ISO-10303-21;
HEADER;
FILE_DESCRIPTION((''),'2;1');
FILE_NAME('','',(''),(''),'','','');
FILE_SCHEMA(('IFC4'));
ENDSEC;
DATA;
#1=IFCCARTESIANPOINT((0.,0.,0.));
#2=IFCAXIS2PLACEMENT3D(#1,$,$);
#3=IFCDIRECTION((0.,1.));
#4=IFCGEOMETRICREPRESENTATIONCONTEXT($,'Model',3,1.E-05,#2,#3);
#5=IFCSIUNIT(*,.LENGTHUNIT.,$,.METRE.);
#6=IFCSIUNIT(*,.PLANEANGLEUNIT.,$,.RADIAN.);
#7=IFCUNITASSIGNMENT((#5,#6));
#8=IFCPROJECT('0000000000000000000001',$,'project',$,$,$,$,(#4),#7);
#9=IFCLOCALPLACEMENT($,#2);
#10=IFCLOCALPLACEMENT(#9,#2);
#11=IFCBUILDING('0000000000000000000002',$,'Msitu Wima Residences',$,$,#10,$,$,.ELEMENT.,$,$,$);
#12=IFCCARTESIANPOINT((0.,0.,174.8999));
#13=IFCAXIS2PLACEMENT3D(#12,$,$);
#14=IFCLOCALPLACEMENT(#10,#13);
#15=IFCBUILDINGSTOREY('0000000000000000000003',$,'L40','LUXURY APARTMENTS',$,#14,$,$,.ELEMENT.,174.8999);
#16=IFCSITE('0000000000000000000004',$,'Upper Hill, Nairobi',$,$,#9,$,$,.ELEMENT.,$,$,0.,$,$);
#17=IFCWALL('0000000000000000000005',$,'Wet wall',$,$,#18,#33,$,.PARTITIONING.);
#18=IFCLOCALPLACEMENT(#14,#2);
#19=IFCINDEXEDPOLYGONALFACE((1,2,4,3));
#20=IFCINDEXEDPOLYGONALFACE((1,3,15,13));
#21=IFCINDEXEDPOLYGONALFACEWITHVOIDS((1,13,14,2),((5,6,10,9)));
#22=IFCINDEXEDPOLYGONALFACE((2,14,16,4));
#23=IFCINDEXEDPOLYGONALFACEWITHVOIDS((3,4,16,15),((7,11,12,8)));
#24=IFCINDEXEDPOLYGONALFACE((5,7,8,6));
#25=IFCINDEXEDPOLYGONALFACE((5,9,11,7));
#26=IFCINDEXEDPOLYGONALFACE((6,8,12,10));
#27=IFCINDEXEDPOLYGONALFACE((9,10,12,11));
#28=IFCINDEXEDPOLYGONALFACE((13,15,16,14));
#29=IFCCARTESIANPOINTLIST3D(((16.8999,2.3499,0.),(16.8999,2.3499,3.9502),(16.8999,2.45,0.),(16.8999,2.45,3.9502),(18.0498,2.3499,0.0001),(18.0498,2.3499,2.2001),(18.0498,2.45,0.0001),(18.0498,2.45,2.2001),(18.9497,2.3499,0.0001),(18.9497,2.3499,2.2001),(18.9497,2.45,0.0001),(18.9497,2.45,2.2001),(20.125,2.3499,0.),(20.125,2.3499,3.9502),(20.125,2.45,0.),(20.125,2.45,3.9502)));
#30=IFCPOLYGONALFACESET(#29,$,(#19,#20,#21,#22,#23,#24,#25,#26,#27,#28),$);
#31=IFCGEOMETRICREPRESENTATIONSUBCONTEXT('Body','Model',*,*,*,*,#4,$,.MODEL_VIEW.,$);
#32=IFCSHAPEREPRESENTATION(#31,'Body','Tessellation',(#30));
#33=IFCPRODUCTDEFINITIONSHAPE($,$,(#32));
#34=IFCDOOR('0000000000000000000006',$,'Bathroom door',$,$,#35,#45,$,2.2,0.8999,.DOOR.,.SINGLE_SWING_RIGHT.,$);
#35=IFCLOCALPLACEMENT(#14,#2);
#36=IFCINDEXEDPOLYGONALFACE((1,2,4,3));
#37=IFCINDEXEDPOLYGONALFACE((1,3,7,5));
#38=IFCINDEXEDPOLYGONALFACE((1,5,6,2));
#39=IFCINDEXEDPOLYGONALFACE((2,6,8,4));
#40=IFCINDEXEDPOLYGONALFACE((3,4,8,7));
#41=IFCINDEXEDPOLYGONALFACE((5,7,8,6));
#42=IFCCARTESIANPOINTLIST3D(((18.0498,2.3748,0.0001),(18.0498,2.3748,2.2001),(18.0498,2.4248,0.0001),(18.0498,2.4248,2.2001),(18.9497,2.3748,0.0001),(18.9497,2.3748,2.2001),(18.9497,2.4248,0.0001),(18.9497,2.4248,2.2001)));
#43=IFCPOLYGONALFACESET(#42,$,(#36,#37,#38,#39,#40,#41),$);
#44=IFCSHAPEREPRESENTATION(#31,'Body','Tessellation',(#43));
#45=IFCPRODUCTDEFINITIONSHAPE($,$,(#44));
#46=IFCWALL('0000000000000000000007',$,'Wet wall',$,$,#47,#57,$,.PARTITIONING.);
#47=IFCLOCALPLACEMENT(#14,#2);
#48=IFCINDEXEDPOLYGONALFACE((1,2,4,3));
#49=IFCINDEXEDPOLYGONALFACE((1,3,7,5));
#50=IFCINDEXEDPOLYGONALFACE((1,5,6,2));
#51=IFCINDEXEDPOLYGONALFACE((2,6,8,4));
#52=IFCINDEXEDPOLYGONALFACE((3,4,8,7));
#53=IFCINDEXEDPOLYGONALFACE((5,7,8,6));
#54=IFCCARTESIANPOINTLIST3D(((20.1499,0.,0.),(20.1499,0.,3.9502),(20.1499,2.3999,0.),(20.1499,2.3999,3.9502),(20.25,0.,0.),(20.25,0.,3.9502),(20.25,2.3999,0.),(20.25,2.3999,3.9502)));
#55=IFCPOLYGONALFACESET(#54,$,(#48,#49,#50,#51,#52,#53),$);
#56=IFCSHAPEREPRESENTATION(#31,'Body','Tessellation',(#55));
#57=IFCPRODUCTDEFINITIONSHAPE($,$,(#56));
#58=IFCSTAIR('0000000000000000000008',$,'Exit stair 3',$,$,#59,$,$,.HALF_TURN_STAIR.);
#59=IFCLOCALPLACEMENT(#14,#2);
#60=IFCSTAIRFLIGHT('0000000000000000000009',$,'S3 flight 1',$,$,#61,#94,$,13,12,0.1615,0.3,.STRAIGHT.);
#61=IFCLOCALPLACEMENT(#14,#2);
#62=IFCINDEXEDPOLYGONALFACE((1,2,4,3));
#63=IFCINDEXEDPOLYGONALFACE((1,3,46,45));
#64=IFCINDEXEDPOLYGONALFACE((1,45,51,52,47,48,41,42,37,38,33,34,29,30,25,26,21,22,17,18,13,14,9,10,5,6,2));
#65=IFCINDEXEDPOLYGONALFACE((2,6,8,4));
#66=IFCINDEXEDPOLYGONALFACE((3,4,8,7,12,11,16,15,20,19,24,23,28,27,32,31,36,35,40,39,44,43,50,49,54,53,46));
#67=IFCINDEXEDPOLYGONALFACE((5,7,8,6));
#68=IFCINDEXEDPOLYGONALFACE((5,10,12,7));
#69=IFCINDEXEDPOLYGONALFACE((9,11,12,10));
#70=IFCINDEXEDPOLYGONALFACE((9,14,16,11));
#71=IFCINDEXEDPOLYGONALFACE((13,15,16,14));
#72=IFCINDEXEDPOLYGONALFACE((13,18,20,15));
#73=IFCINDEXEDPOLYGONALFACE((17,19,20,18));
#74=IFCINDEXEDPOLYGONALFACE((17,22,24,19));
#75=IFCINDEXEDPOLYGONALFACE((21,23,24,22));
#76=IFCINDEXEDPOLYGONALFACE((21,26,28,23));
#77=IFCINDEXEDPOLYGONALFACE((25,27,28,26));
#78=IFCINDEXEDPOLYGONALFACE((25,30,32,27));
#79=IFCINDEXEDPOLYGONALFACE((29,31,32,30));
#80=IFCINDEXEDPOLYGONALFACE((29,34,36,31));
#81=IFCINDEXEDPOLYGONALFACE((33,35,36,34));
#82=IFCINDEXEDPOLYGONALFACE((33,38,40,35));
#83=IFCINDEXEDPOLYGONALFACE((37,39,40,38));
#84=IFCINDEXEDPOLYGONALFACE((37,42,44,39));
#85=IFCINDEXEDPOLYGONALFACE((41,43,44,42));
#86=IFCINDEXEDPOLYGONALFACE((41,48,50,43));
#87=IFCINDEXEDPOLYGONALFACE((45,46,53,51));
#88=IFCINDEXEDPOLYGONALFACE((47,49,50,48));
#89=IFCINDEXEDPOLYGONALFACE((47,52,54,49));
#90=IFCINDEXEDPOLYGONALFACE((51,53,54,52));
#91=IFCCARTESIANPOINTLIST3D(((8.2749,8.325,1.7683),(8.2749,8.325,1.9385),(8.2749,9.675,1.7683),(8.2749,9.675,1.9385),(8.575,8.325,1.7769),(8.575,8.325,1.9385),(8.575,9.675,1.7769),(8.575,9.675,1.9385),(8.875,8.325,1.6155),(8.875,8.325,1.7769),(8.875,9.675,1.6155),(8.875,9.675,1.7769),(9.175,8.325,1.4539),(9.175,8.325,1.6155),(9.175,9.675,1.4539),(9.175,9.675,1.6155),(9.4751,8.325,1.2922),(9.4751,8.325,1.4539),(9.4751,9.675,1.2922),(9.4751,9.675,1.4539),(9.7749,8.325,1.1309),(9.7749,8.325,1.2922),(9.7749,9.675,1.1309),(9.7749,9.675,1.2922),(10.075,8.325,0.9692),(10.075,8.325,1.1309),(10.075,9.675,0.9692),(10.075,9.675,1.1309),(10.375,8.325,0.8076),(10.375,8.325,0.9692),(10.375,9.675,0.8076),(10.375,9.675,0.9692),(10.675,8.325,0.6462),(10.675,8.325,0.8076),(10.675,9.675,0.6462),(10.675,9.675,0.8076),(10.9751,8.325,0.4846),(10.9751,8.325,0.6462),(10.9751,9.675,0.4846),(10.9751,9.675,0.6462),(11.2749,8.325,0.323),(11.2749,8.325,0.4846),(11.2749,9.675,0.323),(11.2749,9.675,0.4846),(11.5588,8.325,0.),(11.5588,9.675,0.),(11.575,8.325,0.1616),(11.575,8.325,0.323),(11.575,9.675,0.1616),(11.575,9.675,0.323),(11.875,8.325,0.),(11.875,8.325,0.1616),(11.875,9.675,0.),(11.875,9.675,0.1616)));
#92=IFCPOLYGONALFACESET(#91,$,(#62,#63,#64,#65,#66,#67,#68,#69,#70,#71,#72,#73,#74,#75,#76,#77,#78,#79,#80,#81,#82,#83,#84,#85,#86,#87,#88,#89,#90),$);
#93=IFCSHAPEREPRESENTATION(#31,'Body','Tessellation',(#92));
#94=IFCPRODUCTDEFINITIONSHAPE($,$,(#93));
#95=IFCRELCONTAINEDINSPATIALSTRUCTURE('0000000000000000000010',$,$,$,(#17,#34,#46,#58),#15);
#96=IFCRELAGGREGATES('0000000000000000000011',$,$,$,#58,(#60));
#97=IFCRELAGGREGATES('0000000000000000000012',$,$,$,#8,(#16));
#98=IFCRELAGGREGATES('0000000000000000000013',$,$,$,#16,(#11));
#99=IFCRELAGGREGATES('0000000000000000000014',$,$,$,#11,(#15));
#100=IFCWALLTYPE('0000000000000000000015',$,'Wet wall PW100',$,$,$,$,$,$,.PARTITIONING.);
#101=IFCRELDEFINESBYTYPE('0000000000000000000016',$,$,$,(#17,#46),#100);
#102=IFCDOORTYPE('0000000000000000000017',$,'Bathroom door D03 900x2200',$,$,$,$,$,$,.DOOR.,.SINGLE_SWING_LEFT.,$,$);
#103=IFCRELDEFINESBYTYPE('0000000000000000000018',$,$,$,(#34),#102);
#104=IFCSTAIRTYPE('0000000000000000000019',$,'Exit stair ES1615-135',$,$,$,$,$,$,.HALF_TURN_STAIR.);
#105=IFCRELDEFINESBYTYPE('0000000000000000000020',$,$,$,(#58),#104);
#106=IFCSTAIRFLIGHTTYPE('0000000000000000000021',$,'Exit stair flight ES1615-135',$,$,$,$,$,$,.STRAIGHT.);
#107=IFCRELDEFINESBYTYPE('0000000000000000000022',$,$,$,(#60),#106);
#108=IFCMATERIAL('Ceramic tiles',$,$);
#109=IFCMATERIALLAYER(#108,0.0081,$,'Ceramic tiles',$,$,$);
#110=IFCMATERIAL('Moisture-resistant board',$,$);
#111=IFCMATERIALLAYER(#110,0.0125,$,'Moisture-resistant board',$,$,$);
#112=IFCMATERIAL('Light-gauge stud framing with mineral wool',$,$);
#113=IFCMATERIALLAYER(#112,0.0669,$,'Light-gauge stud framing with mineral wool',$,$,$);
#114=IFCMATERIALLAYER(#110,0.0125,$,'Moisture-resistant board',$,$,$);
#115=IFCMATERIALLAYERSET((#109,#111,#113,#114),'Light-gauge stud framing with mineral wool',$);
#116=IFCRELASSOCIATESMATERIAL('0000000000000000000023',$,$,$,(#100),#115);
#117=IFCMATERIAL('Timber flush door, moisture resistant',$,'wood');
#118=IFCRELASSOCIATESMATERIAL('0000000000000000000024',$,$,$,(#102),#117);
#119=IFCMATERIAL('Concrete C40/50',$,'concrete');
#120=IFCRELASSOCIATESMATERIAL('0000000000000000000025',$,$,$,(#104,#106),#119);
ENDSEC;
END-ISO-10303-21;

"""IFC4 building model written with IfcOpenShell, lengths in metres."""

from ifc_helpers import new_model, si_unit, direction, frame, frame_2d, origin, place, context, subcontext, project, spatial, polyline, rectangle, outline, extrude, material, layer, layer_set, type_object, element, fill, aggregate, save


model = new_model("IFC4")

# Units and contexts
model_context = context("Model", 3, precision=1e-05, world=origin(), true_north=direction((0.0, 1.0)))
body_context = subcontext(model_context, "Body", "Model", "MODEL_VIEW")
ifc_project = project(units=[si_unit("LENGTHUNIT", "METRE"), si_unit("PLANEANGLEUNIT", "RADIAN")], contexts=[model_context])

# Site, building, storey
site_placement = place(None, origin())
site = spatial("IfcSite", under=ifc_project, at=site_placement, Name="Upper Hill, Nairobi", CompositionType="ELEMENT", RefElevation=0.0)
building_placement = place(site_placement, origin())
building = spatial("IfcBuilding", under=site, at=building_placement, Name="Msitu Wima Residences", CompositionType="ELEMENT")
storey_placement = place(building_placement, frame((0.0, 0.0, 174.8999)))
storey = spatial("IfcBuildingStorey", under=building, at=storey_placement, Name="L40", Description="LUXURY APARTMENTS", CompositionType="ELEMENT", Elevation=174.8999)

# Shared definitions
ifc_material_1 = material(Name="Concrete C40/50", Category="concrete")

# Wall, opening, door
ifc_material_2 = material(Name="Ceramic tiles")
ifc_layer_1 = layer(ifc_material_2, 0.0081, Name="Ceramic tiles")
ifc_material_3 = material(Name="Moisture-resistant board")
ifc_layer_2 = layer(ifc_material_3, 0.0125, Name="Moisture-resistant board")
ifc_material_4 = material(Name="Light-gauge stud framing with mineral wool")
ifc_layer_3 = layer(ifc_material_4, 0.0669, Name="Light-gauge stud framing with mineral wool")
ifc_layer_4 = layer(ifc_material_3, 0.0125, Name="Moisture-resistant board")
ifc_layer_set_1 = layer_set([ifc_layer_1, ifc_layer_2, ifc_layer_3, ifc_layer_4], Name="Light-gauge stud framing with mineral wool")
wall_type_1 = type_object("IfcWallType", Name="Wet wall PW100", PredefinedType="PARTITIONING", material=ifc_layer_set_1)
wall_1_placement = place(storey_placement, frame((16.8999, 2.3999, 0.0), z_axis=(0.0, 0.0, 1.0), x_axis=(1.0, 0.0, 0.0)))
wall_1 = element("IfcWall", 1, at=wall_1_placement, inside=storey, type_object=wall_type_1, Name="Wet wall", PredefinedType="PARTITIONING", context=body_context, shape_type="SweptSolid", body=[
    extrude(rectangle(XDim=3.2251, YDim=0.1001, at=frame_2d((1.6125, 0.0))), origin(), (0.0, 0.0, 1.0), 3.9502),
])
opening_1_placement = place(wall_1_placement, frame((1.1499, 0.0, 0.0)))
opening_1 = element("IfcOpeningElement", 2, at=opening_1_placement, cuts=wall_1, PredefinedType="OPENING", context=body_context, shape_type="SweptSolid", body=[
    extrude(rectangle(XDim=0.8999, YDim=2.2, at=frame_2d((0.45, 1.1001))), frame((0.0, 0.0601, 0.0), z_axis=(0.0, -1.0, 0.0), x_axis=(1.0, 0.0, 0.0)), (0.0, 0.0, 1.0), 0.1201),
])
ifc_material_5 = material(Name="Timber flush door, moisture resistant", Category="wood")
door_type_1 = type_object("IfcDoorType", Name="Bathroom door D03 900x2200", OperationType="SINGLE_SWING_LEFT", PredefinedType="DOOR", material=ifc_material_5)
door_1_placement = place(opening_1_placement, origin())
door_1 = element("IfcDoor", 3, at=door_1_placement, inside=storey, type_object=door_type_1, Name="Bathroom door", OperationType="SINGLE_SWING_RIGHT", OverallHeight=2.2, OverallWidth=0.8999, PredefinedType="DOOR", context=body_context, shape_type="SweptSolid", body=[
    extrude(rectangle(XDim=0.8999, YDim=2.2, at=frame_2d((0.45, 1.1001))), frame((0.0, 0.0249, 0.0), z_axis=(0.0, -1.0, 0.0), x_axis=(1.0, 0.0, 0.0)), (0.0, 0.0, 1.0), 0.05),
])
fill(opening_1, door_1)

# Wall
wall_2_placement = place(storey_placement, frame((20.2, 0.0, 0.0), z_axis=(0.0, 0.0, 1.0), x_axis=(0.0, 1.0, 0.0)))
element("IfcWall", 4, at=wall_2_placement, inside=storey, type_object=wall_type_1, Name="Wet wall", PredefinedType="PARTITIONING", context=body_context, shape_type="SweptSolid", body=[
    extrude(rectangle(XDim=2.3999, YDim=0.1001, at=frame_2d((1.2, 0.0))), origin(), (0.0, 0.0, 1.0), 3.9502),
])

# Stair, stair flight
stair_type = type_object("IfcStairType", Name="Exit stair ES1615-135", PredefinedType="HALF_TURN_STAIR", material=ifc_material_1)
stair_placement = place(storey_placement, origin())
stair = element("IfcStair", 5, at=stair_placement, inside=storey, type_object=stair_type, Name="Exit stair 3", PredefinedType="HALF_TURN_STAIR")
stair_flight_type = type_object("IfcStairFlightType", Name="Exit stair flight ES1615-135", PredefinedType="STRAIGHT", material=ifc_material_1)
stair_flight_placement = place(storey_placement, frame((11.875, 9.0, 0.0), z_axis=(0.0, 0.0, 1.0), x_axis=(-1.0, 0.0, 0.0)))
stair_flight = element("IfcStairFlight", 6, at=stair_flight_placement, type_object=stair_flight_type, Name="S3 flight 1", NumberOfRisers=13, NumberOfTreads=12, PredefinedType="STRAIGHT", RiserHeight=0.1615, TreadLength=0.3, context=body_context, shape_type="SweptSolid", body=[
    extrude(outline(polyline([(0.0, 0.0), (0.0, 0.1616), (0.3, 0.1616), (0.3, 0.323), (0.6001, 0.323), (0.6001, 0.4846), (0.8999, 0.4846), (0.8999, 0.6462), (1.2, 0.6462), (1.2, 0.8076), (1.5, 0.8076), (1.5, 0.9692), (1.8, 0.9692), (1.8, 1.1309), (2.1001, 1.1309), (2.1001, 1.2922), (2.3999, 1.2922), (2.3999, 1.4539), (2.7, 1.4539), (2.7, 1.6155), (3.0, 1.6155), (3.0, 1.7769), (3.3, 1.7769), (3.3, 1.9385), (3.6001, 1.9385), (3.6001, 2.1001), (3.6001, 1.7683), (0.3162, 0.0), (0.0, 0.0)])), frame((0.0, 0.675, 0.0), z_axis=(0.0, -1.0, 0.0), x_axis=(1.0, 0.0, 0.0)), (0.0, 0.0, 1.0), 1.3501),
])
aggregate(stair, [stair_flight])

save(model, "model.ifc")
